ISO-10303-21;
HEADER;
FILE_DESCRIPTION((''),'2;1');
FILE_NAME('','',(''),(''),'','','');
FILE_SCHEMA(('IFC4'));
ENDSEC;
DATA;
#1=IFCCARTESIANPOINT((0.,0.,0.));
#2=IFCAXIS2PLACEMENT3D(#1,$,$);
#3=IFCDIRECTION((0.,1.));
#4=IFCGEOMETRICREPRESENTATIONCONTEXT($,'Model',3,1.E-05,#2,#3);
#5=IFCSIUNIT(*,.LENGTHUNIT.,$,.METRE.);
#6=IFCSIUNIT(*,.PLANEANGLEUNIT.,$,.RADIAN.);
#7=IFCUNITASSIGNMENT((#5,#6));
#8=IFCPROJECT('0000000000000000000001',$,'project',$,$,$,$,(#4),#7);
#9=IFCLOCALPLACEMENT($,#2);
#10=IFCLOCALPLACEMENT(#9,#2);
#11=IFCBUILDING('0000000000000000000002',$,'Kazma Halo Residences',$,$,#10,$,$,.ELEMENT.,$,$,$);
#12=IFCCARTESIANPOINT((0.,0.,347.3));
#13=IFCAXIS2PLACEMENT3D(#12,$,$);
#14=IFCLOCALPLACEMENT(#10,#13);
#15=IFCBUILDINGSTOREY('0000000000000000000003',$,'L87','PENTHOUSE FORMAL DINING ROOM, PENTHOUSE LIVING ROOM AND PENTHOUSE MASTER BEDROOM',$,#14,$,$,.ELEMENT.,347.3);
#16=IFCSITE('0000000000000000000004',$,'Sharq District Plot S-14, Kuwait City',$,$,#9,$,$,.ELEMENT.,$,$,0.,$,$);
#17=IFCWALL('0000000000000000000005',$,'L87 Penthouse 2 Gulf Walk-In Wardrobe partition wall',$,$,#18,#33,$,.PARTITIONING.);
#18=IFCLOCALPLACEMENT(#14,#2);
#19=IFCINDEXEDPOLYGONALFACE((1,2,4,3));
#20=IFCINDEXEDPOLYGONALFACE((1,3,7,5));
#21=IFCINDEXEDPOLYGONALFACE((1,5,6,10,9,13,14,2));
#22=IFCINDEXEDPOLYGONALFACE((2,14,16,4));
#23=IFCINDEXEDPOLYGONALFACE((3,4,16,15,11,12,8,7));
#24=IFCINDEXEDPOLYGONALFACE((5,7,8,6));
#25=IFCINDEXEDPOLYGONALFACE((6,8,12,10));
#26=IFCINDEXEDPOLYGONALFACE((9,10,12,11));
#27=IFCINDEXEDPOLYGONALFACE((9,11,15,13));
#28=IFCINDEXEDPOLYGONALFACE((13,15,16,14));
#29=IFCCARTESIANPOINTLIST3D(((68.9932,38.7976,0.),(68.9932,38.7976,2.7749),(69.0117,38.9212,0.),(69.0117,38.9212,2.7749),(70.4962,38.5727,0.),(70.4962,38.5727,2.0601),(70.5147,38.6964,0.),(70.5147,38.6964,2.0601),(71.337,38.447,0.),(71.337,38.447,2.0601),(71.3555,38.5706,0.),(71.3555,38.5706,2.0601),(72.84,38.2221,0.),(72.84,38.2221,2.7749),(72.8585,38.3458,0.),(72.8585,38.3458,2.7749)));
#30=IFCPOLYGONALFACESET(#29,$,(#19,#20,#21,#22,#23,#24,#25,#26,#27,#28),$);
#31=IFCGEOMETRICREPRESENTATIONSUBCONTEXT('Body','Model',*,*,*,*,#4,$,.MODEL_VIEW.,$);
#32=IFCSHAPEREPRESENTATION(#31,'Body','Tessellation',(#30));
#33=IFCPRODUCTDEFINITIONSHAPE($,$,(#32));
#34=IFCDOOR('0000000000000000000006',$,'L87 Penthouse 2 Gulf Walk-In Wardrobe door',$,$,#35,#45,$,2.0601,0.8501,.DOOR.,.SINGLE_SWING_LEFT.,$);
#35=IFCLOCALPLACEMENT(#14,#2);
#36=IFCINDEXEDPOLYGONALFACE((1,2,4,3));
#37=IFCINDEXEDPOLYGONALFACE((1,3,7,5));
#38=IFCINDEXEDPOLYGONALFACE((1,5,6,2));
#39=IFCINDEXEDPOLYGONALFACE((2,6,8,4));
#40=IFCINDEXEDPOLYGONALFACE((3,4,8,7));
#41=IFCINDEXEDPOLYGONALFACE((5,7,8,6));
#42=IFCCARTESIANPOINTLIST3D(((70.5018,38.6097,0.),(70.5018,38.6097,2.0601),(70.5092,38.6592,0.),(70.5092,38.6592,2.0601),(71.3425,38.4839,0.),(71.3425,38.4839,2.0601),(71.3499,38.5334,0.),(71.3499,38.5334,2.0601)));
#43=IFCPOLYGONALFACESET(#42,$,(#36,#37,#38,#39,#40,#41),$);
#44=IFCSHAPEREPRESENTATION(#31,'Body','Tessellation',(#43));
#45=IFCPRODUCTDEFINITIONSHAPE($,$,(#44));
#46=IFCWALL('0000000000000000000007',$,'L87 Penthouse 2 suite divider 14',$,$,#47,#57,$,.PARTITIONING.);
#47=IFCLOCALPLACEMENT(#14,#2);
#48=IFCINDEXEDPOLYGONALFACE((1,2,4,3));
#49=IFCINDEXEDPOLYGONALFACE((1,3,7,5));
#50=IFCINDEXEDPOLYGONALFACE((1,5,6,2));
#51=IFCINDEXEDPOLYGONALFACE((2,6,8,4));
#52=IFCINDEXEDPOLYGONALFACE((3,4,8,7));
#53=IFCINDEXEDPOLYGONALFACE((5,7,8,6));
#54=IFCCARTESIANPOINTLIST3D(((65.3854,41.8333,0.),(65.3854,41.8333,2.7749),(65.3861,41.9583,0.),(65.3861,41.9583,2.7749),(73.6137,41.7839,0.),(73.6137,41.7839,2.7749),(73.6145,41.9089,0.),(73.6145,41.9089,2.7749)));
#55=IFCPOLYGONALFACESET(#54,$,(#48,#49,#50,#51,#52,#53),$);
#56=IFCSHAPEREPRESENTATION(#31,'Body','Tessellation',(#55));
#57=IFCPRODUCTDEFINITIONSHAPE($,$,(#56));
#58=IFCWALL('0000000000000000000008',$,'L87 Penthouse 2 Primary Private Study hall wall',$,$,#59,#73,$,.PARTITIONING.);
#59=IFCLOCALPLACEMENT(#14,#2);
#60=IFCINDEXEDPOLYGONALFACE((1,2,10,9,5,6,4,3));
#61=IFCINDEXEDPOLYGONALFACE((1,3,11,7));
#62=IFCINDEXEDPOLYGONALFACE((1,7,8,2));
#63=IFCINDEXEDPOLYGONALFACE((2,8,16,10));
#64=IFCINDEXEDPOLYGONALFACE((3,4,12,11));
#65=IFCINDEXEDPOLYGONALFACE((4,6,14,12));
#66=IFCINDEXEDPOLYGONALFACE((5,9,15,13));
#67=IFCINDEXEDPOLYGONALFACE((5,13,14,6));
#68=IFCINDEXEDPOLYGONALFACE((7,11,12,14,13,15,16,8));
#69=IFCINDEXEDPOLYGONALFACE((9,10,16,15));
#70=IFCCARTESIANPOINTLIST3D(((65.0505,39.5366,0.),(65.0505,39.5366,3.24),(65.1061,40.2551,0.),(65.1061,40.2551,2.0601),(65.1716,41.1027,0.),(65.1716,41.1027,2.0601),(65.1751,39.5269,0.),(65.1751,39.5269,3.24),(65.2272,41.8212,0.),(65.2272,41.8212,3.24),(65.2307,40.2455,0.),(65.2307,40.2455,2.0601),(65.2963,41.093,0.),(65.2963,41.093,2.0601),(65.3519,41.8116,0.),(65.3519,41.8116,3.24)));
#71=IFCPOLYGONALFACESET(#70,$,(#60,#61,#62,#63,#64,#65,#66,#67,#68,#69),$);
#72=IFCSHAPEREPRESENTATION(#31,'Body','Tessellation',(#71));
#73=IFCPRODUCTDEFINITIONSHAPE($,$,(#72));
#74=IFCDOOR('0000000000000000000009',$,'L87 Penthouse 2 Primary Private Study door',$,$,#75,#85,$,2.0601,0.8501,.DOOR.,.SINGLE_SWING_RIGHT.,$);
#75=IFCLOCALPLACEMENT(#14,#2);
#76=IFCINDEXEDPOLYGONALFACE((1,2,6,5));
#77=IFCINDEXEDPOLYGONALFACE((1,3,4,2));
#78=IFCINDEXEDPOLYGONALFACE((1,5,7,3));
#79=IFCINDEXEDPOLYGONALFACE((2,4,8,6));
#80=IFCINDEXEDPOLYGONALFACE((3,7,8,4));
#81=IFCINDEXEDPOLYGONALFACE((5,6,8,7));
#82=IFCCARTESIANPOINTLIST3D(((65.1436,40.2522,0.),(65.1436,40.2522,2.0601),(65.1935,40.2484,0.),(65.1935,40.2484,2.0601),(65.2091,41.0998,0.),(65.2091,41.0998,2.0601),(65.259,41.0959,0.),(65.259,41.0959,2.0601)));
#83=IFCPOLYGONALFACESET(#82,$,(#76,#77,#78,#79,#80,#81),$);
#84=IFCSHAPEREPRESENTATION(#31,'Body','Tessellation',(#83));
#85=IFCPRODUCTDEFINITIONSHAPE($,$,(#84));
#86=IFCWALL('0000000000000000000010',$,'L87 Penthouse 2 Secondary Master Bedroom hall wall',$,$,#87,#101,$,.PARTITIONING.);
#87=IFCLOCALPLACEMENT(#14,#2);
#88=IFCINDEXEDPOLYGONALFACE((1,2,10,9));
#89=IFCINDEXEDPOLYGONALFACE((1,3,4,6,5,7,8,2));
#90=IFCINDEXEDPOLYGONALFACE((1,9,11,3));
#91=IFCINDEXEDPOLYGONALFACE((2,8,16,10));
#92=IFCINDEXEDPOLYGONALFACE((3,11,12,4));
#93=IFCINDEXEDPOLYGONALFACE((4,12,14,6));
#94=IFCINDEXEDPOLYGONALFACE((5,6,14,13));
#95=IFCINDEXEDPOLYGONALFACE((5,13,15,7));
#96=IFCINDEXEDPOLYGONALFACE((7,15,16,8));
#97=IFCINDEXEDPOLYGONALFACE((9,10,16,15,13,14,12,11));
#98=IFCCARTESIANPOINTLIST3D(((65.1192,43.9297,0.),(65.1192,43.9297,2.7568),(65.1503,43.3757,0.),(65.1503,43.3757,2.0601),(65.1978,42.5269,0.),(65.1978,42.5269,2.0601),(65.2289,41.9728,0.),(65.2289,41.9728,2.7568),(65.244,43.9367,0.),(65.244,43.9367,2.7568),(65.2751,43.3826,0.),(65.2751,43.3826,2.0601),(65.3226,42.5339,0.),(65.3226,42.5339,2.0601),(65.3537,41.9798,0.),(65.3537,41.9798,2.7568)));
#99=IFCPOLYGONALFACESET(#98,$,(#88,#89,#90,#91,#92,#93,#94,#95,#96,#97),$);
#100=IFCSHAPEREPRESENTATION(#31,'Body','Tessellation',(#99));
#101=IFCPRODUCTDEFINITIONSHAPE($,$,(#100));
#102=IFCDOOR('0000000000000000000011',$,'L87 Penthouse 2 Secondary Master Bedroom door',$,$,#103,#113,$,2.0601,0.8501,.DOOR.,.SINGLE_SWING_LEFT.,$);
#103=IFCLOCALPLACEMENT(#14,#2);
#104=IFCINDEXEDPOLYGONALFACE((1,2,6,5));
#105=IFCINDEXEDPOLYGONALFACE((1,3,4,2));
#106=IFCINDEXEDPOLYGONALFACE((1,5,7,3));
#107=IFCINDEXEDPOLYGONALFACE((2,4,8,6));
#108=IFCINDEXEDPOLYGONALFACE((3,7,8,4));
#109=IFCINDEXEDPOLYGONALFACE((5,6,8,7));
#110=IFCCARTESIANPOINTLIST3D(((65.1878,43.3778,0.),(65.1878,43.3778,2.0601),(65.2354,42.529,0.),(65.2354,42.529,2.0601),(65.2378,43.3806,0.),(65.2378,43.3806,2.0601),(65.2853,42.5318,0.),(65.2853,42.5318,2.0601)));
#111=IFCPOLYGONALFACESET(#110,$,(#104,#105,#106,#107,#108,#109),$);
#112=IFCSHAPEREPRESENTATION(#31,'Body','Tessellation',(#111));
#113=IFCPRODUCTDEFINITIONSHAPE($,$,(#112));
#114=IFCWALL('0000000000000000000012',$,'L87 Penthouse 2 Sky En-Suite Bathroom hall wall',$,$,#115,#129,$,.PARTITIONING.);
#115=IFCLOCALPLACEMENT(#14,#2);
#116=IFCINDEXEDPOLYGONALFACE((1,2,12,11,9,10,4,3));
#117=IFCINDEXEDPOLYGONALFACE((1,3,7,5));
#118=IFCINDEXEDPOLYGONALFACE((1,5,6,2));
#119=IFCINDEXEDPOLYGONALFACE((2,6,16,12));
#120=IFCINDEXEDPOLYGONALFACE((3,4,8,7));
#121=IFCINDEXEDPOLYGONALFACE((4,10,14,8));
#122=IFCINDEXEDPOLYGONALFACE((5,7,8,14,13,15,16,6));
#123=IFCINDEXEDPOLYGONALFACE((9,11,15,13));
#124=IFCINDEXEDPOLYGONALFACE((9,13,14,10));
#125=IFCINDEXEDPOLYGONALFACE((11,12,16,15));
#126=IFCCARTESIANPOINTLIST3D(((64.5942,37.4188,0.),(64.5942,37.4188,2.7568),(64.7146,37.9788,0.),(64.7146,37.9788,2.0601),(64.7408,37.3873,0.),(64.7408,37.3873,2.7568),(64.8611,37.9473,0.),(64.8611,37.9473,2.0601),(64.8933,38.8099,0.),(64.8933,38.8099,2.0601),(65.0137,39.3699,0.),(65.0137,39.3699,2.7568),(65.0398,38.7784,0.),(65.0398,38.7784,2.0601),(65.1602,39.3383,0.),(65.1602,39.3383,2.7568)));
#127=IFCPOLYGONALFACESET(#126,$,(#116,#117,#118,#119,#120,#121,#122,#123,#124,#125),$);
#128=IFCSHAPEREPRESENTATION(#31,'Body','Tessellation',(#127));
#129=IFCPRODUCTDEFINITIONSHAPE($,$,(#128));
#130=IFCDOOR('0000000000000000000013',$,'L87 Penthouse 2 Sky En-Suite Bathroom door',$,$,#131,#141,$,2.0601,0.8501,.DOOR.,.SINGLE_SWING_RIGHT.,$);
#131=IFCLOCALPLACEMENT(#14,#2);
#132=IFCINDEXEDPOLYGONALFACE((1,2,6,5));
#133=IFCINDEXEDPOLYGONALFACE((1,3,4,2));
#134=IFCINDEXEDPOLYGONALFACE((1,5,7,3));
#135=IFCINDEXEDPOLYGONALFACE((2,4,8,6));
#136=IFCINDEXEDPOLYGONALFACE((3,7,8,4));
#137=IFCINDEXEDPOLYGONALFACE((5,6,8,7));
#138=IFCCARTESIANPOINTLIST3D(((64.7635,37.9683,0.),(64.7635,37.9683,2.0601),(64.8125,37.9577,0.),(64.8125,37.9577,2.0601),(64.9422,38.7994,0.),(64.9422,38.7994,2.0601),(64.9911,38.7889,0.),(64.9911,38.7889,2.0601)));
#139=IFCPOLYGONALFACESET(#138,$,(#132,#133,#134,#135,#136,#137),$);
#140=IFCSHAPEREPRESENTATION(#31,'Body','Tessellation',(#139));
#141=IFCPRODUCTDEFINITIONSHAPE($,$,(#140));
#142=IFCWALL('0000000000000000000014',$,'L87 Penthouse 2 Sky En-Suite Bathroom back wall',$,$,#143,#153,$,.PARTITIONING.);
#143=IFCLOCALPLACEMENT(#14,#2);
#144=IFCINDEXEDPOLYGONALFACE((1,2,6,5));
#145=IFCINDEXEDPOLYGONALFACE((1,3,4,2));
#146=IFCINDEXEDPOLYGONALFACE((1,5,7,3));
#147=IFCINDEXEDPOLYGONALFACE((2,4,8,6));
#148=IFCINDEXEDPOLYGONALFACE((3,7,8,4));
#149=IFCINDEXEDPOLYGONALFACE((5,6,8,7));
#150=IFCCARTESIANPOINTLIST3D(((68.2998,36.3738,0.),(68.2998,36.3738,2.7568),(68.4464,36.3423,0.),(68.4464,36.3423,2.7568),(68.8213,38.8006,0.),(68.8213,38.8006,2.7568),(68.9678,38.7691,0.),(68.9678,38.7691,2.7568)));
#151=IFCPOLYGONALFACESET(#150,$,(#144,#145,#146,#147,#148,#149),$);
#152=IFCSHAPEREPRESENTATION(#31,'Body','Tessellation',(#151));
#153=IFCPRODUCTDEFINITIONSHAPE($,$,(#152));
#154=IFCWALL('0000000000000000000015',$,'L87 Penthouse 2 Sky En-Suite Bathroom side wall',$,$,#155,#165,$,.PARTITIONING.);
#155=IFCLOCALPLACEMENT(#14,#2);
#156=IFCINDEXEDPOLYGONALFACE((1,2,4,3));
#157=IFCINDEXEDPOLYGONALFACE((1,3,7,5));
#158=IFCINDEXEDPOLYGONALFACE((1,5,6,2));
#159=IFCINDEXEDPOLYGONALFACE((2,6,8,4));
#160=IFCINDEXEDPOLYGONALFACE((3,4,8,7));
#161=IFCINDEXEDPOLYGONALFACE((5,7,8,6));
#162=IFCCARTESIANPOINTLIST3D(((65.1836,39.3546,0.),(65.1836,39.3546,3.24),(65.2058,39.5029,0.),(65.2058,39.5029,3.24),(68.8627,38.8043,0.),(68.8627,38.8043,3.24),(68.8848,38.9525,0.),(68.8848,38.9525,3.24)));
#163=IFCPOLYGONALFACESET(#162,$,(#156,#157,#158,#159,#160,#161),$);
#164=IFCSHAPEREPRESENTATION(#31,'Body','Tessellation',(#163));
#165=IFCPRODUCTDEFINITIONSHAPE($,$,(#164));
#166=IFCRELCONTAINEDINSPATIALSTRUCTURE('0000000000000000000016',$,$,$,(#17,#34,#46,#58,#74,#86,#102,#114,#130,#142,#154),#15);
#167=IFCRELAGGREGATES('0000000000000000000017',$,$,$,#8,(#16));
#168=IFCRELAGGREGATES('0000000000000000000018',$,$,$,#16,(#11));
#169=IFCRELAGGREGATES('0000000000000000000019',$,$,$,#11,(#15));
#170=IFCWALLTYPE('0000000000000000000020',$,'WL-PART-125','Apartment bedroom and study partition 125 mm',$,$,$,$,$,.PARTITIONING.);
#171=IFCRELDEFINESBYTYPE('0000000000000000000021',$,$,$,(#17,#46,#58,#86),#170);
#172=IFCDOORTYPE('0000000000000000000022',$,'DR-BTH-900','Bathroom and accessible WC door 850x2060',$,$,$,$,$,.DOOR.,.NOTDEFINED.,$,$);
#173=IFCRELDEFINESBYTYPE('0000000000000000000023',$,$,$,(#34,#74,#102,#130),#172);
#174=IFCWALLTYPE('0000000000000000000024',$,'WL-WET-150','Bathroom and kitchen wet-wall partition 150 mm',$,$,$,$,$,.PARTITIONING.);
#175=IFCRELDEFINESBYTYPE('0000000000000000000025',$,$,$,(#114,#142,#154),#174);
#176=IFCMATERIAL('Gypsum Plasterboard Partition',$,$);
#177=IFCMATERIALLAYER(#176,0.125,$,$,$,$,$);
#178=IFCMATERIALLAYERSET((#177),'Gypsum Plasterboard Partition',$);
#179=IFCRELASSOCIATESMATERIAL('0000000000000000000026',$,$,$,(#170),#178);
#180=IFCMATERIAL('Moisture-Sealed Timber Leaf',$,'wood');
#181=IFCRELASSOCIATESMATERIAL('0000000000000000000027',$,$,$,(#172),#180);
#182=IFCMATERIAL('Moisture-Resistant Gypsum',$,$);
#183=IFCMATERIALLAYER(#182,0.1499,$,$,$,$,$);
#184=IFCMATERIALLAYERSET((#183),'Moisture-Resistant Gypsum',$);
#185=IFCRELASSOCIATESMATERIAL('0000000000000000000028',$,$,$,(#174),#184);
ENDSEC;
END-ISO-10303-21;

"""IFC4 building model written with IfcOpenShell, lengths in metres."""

from ifc_helpers import new_model, si_unit, direction, frame, frame_2d, origin, place, context, subcontext, project, spatial, rectangle, extrude, material, layer, layer_set, type_object, element, fill, save


model = new_model("IFC4")

# Units and contexts
model_context = context("Model", 3, precision=1e-05, world=origin(), true_north=direction((0.0, 1.0)))
body_context = subcontext(model_context, "Body", "Model", "MODEL_VIEW")
ifc_project = project(units=[si_unit("LENGTHUNIT", "METRE"), si_unit("PLANEANGLEUNIT", "RADIAN")], contexts=[model_context])

# Site, building, storey
site_placement = place(None, origin())
site = spatial("IfcSite", under=ifc_project, at=site_placement, Name="Sharq District Plot S-14, Kuwait City", CompositionType="ELEMENT", RefElevation=0.0)
building_placement = place(site_placement, origin())
building = spatial("IfcBuilding", under=site, at=building_placement, Name="Kazma Halo Residences", CompositionType="ELEMENT")
storey_placement = place(building_placement, frame((0.0, 0.0, 347.3)))
storey = spatial("IfcBuildingStorey", under=building, at=storey_placement, Name="L87", Description="PENTHOUSE FORMAL DINING ROOM, PENTHOUSE LIVING ROOM AND PENTHOUSE MASTER BEDROOM", CompositionType="ELEMENT", Elevation=347.3)

# Shared definitions
ifc_material_1 = material(Name="Gypsum Plasterboard Partition")
ifc_layer_1 = layer(ifc_material_1, 0.125)
ifc_layer_set_1 = layer_set([ifc_layer_1], Name="Gypsum Plasterboard Partition")
wall_type_1 = type_object("IfcWallType", Name="WL-PART-125", Description="Apartment bedroom and study partition 125 mm", PredefinedType="PARTITIONING", material=ifc_layer_set_1)

# Wall, opening, door
wall_1_placement = place(storey_placement, frame((69.0024, 38.8594, 0.0), z_axis=(0.0, 0.0, 1.0), x_axis=(0.988997, -0.147938, 0.0)))
wall_1 = element("IfcWall", 1, at=wall_1_placement, inside=storey, type_object=wall_type_1, Name="L87 Penthouse 2 Gulf Walk-In Wardrobe partition wall", PredefinedType="PARTITIONING", context=body_context, shape_type="SweptSolid", body=[
    extrude(rectangle(XDim=3.8896, YDim=0.125, at=frame_2d((1.9448, 0.0))), origin(), (0.0, 0.0, 1.0), 2.7749),
])
opening_1_placement = place(wall_1_placement, frame((1.5198, 0.0, 0.0)))
opening_1 = element("IfcOpeningElement", 2, at=opening_1_placement, cuts=wall_1, PredefinedType="OPENING", context=body_context, shape_type="SweptSolid", body=[
    extrude(rectangle(XDim=0.8501, YDim=2.0601, at=frame_2d((0.425, 1.03))), frame((0.0, 0.0725, 0.0), z_axis=(0.0, -1.0, 0.0), x_axis=(1.0, 0.0, 0.0)), (0.0, 0.0, 1.0), 0.145),
])
ifc_material_2 = material(Name="Moisture-Sealed Timber Leaf", Category="wood")
door_type = type_object("IfcDoorType", Name="DR-BTH-900", Description="Bathroom and accessible WC door 850x2060", OperationType="NOTDEFINED", PredefinedType="DOOR", material=ifc_material_2)
door_1_placement = place(opening_1_placement, origin())
door_1 = element("IfcDoor", 3, at=door_1_placement, inside=storey, type_object=door_type, Name="L87 Penthouse 2 Gulf Walk-In Wardrobe door", OperationType="SINGLE_SWING_LEFT", OverallHeight=2.0601, OverallWidth=0.8501, PredefinedType="DOOR", context=body_context, shape_type="SweptSolid", body=[
    extrude(rectangle(XDim=0.8501, YDim=2.0601, at=frame_2d((0.425, 1.03))), frame((0.0, 0.0249, 0.0), z_axis=(0.0, -1.0, 0.0), x_axis=(1.0, 0.0, 0.0)), (0.0, 0.0, 1.0), 0.05),
])
fill(opening_1, door_1)

# Wall
wall_2_placement = place(storey_placement, frame((65.3857, 41.8958, 0.0), z_axis=(0.0, 0.0, 1.0), x_axis=(0.999982, -0.005993, 0.0)))
element("IfcWall", 4, at=wall_2_placement, inside=storey, type_object=wall_type_1, Name="L87 Penthouse 2 suite divider 14", PredefinedType="PARTITIONING", context=body_context, shape_type="SweptSolid", body=[
    extrude(rectangle(XDim=8.2285, YDim=0.125, at=frame_2d((4.1143, 0.0))), origin(), (0.0, 0.0, 1.0), 2.7749),
])

# Walls, openings, doors
wall_3_placement = place(storey_placement, frame((65.1128, 39.5317, 0.0), z_axis=(0.0, 0.0, 1.0), x_axis=(0.077136, 0.997021, 0.0)))
wall_3 = element("IfcWall", 5, at=wall_3_placement, inside=storey, type_object=wall_type_1, Name="L87 Penthouse 2 Primary Private Study hall wall", PredefinedType="PARTITIONING", context=body_context, shape_type="SweptSolid", body=[
    extrude(rectangle(XDim=2.2915, YDim=0.125, at=frame_2d((1.1458, 0.0))), origin(), (0.0, 0.0, 1.0), 3.24),
])
opening_2_placement = place(wall_3_placement, frame((0.7207, 0.0, 0.0)))
opening_2 = element("IfcOpeningElement", 6, at=opening_2_placement, cuts=wall_3, PredefinedType="OPENING", context=body_context, shape_type="SweptSolid", body=[
    extrude(rectangle(XDim=0.8501, YDim=2.0601, at=frame_2d((0.425, 1.03))), frame((0.0, 0.0725, 0.0), z_axis=(0.0, -1.0, 0.0), x_axis=(1.0, 0.0, 0.0)), (0.0, 0.0, 1.0), 0.145),
])
door_2_placement = place(opening_2_placement, origin())
door_2 = element("IfcDoor", 7, at=door_2_placement, inside=storey, type_object=door_type, Name="L87 Penthouse 2 Primary Private Study door", OperationType="SINGLE_SWING_RIGHT", OverallHeight=2.0601, OverallWidth=0.8501, PredefinedType="DOOR", context=body_context, shape_type="SweptSolid", body=[
    extrude(rectangle(XDim=0.8501, YDim=2.0601, at=frame_2d((0.425, 1.03))), frame((0.0, 0.0249, 0.0), z_axis=(0.0, -1.0, 0.0), x_axis=(1.0, 0.0, 0.0)), (0.0, 0.0, 1.0), 0.05),
])
fill(opening_2, door_2)
wall_4_placement = place(storey_placement, frame((65.2913, 41.9763, 0.0), z_axis=(0.0, 0.0, 1.0), x_axis=(-0.055932, 0.998435, 0.0)))
wall_4 = element("IfcWall", 8, at=wall_4_placement, inside=storey, type_object=wall_type_1, Name="L87 Penthouse 2 Secondary Master Bedroom hall wall", PredefinedType="PARTITIONING", context=body_context, shape_type="SweptSolid", body=[
    extrude(rectangle(XDim=1.96, YDim=0.125, at=frame_2d((0.98, 0.0))), origin(), (0.0, 0.0, 1.0), 2.7568),
])
opening_3_placement = place(wall_4_placement, frame((0.5549, 0.0, 0.0)))
opening_3 = element("IfcOpeningElement", 9, at=opening_3_placement, cuts=wall_4, PredefinedType="OPENING", context=body_context, shape_type="SweptSolid", body=[
    extrude(rectangle(XDim=0.8501, YDim=2.0601, at=frame_2d((0.425, 1.03))), frame((0.0, 0.0725, 0.0), z_axis=(0.0, -1.0, 0.0), x_axis=(1.0, 0.0, 0.0)), (0.0, 0.0, 1.0), 0.145),
])
door_3_placement = place(opening_3_placement, origin())
door_3 = element("IfcDoor", 10, at=door_3_placement, inside=storey, type_object=door_type, Name="L87 Penthouse 2 Secondary Master Bedroom door", OperationType="SINGLE_SWING_LEFT", OverallHeight=2.0601, OverallWidth=0.8501, PredefinedType="DOOR", context=body_context, shape_type="SweptSolid", body=[
    extrude(rectangle(XDim=0.8501, YDim=2.0601, at=frame_2d((0.425, 1.03))), frame((0.0, 0.0249, 0.0), z_axis=(0.0, -1.0, 0.0), x_axis=(1.0, 0.0, 0.0)), (0.0, 0.0, 1.0), 0.05),
])
fill(opening_3, door_3)
ifc_material_3 = material(Name="Moisture-Resistant Gypsum")
ifc_layer_2 = layer(ifc_material_3, 0.1499)
ifc_layer_set_2 = layer_set([ifc_layer_2], Name="Moisture-Resistant Gypsum")
wall_type_2 = type_object("IfcWallType", Name="WL-WET-150", Description="Bathroom and kitchen wet-wall partition 150 mm", PredefinedType="PARTITIONING", material=ifc_layer_set_2)
wall_5_placement = place(storey_placement, frame((64.6675, 37.4031, 0.0), z_axis=(0.0, 0.0, 1.0), x_axis=(0.210189, 0.977661, 0.0)))
wall_5 = element("IfcWall", 11, at=wall_5_placement, inside=storey, type_object=wall_type_2, Name="L87 Penthouse 2 Sky En-Suite Bathroom hall wall", PredefinedType="PARTITIONING", context=body_context, shape_type="SweptSolid", body=[
    extrude(rectangle(XDim=1.9956, YDim=0.1499, at=frame_2d((0.9978, 0.0))), origin(), (0.0, 0.0, 1.0), 2.7568),
])
opening_4_placement = place(wall_5_placement, frame((0.5728, 0.0, 0.0)))
opening_4 = element("IfcOpeningElement", 12, at=opening_4_placement, cuts=wall_5, PredefinedType="OPENING", context=body_context, shape_type="SweptSolid", body=[
    extrude(rectangle(XDim=0.8501, YDim=2.0601, at=frame_2d((0.425, 1.03))), frame((0.0, 0.085, 0.0), z_axis=(0.0, -1.0, 0.0), x_axis=(1.0, 0.0, 0.0)), (0.0, 0.0, 1.0), 0.1699),
])
door_4_placement = place(opening_4_placement, origin())
door_4 = element("IfcDoor", 13, at=door_4_placement, inside=storey, type_object=door_type, Name="L87 Penthouse 2 Sky En-Suite Bathroom door", OperationType="SINGLE_SWING_RIGHT", OverallHeight=2.0601, OverallWidth=0.8501, PredefinedType="DOOR", context=body_context, shape_type="SweptSolid", body=[
    extrude(rectangle(XDim=0.8501, YDim=2.0601, at=frame_2d((0.425, 1.03))), frame((0.0, 0.0249, 0.0), z_axis=(0.0, -1.0, 0.0), x_axis=(1.0, 0.0, 0.0)), (0.0, 0.0, 1.0), 0.05),
])
fill(opening_4, door_4)

# Walls
wall_6_placement = place(storey_placement, frame((68.373, 36.3579, 0.0), z_axis=(0.0, 0.0, 1.0), x_axis=(0.210093, 0.977681, 0.0)))
element("IfcWall", 14, at=wall_6_placement, inside=storey, type_object=wall_type_2, Name="L87 Penthouse 2 Sky En-Suite Bathroom back wall", PredefinedType="PARTITIONING", context=body_context, shape_type="SweptSolid", body=[
    extrude(rectangle(XDim=2.4822, YDim=0.1499, at=frame_2d((1.2412, 0.0))), origin(), (0.0, 0.0, 1.0), 2.7568),
])
wall_7_placement = place(storey_placement, frame((65.1948, 39.4287, 0.0), z_axis=(0.0, 0.0, 1.0), x_axis=(0.988997, -0.147933, 0.0)))
element("IfcWall", 15, at=wall_7_placement, inside=storey, type_object=wall_type_2, Name="L87 Penthouse 2 Sky En-Suite Bathroom side wall", PredefinedType="PARTITIONING", context=body_context, shape_type="SweptSolid", body=[
    extrude(rectangle(XDim=3.72, YDim=0.1499, at=frame_2d((1.8599, 0.0))), origin(), (0.0, 0.0, 1.0), 3.24),
])

save(model, "model.ifc")
